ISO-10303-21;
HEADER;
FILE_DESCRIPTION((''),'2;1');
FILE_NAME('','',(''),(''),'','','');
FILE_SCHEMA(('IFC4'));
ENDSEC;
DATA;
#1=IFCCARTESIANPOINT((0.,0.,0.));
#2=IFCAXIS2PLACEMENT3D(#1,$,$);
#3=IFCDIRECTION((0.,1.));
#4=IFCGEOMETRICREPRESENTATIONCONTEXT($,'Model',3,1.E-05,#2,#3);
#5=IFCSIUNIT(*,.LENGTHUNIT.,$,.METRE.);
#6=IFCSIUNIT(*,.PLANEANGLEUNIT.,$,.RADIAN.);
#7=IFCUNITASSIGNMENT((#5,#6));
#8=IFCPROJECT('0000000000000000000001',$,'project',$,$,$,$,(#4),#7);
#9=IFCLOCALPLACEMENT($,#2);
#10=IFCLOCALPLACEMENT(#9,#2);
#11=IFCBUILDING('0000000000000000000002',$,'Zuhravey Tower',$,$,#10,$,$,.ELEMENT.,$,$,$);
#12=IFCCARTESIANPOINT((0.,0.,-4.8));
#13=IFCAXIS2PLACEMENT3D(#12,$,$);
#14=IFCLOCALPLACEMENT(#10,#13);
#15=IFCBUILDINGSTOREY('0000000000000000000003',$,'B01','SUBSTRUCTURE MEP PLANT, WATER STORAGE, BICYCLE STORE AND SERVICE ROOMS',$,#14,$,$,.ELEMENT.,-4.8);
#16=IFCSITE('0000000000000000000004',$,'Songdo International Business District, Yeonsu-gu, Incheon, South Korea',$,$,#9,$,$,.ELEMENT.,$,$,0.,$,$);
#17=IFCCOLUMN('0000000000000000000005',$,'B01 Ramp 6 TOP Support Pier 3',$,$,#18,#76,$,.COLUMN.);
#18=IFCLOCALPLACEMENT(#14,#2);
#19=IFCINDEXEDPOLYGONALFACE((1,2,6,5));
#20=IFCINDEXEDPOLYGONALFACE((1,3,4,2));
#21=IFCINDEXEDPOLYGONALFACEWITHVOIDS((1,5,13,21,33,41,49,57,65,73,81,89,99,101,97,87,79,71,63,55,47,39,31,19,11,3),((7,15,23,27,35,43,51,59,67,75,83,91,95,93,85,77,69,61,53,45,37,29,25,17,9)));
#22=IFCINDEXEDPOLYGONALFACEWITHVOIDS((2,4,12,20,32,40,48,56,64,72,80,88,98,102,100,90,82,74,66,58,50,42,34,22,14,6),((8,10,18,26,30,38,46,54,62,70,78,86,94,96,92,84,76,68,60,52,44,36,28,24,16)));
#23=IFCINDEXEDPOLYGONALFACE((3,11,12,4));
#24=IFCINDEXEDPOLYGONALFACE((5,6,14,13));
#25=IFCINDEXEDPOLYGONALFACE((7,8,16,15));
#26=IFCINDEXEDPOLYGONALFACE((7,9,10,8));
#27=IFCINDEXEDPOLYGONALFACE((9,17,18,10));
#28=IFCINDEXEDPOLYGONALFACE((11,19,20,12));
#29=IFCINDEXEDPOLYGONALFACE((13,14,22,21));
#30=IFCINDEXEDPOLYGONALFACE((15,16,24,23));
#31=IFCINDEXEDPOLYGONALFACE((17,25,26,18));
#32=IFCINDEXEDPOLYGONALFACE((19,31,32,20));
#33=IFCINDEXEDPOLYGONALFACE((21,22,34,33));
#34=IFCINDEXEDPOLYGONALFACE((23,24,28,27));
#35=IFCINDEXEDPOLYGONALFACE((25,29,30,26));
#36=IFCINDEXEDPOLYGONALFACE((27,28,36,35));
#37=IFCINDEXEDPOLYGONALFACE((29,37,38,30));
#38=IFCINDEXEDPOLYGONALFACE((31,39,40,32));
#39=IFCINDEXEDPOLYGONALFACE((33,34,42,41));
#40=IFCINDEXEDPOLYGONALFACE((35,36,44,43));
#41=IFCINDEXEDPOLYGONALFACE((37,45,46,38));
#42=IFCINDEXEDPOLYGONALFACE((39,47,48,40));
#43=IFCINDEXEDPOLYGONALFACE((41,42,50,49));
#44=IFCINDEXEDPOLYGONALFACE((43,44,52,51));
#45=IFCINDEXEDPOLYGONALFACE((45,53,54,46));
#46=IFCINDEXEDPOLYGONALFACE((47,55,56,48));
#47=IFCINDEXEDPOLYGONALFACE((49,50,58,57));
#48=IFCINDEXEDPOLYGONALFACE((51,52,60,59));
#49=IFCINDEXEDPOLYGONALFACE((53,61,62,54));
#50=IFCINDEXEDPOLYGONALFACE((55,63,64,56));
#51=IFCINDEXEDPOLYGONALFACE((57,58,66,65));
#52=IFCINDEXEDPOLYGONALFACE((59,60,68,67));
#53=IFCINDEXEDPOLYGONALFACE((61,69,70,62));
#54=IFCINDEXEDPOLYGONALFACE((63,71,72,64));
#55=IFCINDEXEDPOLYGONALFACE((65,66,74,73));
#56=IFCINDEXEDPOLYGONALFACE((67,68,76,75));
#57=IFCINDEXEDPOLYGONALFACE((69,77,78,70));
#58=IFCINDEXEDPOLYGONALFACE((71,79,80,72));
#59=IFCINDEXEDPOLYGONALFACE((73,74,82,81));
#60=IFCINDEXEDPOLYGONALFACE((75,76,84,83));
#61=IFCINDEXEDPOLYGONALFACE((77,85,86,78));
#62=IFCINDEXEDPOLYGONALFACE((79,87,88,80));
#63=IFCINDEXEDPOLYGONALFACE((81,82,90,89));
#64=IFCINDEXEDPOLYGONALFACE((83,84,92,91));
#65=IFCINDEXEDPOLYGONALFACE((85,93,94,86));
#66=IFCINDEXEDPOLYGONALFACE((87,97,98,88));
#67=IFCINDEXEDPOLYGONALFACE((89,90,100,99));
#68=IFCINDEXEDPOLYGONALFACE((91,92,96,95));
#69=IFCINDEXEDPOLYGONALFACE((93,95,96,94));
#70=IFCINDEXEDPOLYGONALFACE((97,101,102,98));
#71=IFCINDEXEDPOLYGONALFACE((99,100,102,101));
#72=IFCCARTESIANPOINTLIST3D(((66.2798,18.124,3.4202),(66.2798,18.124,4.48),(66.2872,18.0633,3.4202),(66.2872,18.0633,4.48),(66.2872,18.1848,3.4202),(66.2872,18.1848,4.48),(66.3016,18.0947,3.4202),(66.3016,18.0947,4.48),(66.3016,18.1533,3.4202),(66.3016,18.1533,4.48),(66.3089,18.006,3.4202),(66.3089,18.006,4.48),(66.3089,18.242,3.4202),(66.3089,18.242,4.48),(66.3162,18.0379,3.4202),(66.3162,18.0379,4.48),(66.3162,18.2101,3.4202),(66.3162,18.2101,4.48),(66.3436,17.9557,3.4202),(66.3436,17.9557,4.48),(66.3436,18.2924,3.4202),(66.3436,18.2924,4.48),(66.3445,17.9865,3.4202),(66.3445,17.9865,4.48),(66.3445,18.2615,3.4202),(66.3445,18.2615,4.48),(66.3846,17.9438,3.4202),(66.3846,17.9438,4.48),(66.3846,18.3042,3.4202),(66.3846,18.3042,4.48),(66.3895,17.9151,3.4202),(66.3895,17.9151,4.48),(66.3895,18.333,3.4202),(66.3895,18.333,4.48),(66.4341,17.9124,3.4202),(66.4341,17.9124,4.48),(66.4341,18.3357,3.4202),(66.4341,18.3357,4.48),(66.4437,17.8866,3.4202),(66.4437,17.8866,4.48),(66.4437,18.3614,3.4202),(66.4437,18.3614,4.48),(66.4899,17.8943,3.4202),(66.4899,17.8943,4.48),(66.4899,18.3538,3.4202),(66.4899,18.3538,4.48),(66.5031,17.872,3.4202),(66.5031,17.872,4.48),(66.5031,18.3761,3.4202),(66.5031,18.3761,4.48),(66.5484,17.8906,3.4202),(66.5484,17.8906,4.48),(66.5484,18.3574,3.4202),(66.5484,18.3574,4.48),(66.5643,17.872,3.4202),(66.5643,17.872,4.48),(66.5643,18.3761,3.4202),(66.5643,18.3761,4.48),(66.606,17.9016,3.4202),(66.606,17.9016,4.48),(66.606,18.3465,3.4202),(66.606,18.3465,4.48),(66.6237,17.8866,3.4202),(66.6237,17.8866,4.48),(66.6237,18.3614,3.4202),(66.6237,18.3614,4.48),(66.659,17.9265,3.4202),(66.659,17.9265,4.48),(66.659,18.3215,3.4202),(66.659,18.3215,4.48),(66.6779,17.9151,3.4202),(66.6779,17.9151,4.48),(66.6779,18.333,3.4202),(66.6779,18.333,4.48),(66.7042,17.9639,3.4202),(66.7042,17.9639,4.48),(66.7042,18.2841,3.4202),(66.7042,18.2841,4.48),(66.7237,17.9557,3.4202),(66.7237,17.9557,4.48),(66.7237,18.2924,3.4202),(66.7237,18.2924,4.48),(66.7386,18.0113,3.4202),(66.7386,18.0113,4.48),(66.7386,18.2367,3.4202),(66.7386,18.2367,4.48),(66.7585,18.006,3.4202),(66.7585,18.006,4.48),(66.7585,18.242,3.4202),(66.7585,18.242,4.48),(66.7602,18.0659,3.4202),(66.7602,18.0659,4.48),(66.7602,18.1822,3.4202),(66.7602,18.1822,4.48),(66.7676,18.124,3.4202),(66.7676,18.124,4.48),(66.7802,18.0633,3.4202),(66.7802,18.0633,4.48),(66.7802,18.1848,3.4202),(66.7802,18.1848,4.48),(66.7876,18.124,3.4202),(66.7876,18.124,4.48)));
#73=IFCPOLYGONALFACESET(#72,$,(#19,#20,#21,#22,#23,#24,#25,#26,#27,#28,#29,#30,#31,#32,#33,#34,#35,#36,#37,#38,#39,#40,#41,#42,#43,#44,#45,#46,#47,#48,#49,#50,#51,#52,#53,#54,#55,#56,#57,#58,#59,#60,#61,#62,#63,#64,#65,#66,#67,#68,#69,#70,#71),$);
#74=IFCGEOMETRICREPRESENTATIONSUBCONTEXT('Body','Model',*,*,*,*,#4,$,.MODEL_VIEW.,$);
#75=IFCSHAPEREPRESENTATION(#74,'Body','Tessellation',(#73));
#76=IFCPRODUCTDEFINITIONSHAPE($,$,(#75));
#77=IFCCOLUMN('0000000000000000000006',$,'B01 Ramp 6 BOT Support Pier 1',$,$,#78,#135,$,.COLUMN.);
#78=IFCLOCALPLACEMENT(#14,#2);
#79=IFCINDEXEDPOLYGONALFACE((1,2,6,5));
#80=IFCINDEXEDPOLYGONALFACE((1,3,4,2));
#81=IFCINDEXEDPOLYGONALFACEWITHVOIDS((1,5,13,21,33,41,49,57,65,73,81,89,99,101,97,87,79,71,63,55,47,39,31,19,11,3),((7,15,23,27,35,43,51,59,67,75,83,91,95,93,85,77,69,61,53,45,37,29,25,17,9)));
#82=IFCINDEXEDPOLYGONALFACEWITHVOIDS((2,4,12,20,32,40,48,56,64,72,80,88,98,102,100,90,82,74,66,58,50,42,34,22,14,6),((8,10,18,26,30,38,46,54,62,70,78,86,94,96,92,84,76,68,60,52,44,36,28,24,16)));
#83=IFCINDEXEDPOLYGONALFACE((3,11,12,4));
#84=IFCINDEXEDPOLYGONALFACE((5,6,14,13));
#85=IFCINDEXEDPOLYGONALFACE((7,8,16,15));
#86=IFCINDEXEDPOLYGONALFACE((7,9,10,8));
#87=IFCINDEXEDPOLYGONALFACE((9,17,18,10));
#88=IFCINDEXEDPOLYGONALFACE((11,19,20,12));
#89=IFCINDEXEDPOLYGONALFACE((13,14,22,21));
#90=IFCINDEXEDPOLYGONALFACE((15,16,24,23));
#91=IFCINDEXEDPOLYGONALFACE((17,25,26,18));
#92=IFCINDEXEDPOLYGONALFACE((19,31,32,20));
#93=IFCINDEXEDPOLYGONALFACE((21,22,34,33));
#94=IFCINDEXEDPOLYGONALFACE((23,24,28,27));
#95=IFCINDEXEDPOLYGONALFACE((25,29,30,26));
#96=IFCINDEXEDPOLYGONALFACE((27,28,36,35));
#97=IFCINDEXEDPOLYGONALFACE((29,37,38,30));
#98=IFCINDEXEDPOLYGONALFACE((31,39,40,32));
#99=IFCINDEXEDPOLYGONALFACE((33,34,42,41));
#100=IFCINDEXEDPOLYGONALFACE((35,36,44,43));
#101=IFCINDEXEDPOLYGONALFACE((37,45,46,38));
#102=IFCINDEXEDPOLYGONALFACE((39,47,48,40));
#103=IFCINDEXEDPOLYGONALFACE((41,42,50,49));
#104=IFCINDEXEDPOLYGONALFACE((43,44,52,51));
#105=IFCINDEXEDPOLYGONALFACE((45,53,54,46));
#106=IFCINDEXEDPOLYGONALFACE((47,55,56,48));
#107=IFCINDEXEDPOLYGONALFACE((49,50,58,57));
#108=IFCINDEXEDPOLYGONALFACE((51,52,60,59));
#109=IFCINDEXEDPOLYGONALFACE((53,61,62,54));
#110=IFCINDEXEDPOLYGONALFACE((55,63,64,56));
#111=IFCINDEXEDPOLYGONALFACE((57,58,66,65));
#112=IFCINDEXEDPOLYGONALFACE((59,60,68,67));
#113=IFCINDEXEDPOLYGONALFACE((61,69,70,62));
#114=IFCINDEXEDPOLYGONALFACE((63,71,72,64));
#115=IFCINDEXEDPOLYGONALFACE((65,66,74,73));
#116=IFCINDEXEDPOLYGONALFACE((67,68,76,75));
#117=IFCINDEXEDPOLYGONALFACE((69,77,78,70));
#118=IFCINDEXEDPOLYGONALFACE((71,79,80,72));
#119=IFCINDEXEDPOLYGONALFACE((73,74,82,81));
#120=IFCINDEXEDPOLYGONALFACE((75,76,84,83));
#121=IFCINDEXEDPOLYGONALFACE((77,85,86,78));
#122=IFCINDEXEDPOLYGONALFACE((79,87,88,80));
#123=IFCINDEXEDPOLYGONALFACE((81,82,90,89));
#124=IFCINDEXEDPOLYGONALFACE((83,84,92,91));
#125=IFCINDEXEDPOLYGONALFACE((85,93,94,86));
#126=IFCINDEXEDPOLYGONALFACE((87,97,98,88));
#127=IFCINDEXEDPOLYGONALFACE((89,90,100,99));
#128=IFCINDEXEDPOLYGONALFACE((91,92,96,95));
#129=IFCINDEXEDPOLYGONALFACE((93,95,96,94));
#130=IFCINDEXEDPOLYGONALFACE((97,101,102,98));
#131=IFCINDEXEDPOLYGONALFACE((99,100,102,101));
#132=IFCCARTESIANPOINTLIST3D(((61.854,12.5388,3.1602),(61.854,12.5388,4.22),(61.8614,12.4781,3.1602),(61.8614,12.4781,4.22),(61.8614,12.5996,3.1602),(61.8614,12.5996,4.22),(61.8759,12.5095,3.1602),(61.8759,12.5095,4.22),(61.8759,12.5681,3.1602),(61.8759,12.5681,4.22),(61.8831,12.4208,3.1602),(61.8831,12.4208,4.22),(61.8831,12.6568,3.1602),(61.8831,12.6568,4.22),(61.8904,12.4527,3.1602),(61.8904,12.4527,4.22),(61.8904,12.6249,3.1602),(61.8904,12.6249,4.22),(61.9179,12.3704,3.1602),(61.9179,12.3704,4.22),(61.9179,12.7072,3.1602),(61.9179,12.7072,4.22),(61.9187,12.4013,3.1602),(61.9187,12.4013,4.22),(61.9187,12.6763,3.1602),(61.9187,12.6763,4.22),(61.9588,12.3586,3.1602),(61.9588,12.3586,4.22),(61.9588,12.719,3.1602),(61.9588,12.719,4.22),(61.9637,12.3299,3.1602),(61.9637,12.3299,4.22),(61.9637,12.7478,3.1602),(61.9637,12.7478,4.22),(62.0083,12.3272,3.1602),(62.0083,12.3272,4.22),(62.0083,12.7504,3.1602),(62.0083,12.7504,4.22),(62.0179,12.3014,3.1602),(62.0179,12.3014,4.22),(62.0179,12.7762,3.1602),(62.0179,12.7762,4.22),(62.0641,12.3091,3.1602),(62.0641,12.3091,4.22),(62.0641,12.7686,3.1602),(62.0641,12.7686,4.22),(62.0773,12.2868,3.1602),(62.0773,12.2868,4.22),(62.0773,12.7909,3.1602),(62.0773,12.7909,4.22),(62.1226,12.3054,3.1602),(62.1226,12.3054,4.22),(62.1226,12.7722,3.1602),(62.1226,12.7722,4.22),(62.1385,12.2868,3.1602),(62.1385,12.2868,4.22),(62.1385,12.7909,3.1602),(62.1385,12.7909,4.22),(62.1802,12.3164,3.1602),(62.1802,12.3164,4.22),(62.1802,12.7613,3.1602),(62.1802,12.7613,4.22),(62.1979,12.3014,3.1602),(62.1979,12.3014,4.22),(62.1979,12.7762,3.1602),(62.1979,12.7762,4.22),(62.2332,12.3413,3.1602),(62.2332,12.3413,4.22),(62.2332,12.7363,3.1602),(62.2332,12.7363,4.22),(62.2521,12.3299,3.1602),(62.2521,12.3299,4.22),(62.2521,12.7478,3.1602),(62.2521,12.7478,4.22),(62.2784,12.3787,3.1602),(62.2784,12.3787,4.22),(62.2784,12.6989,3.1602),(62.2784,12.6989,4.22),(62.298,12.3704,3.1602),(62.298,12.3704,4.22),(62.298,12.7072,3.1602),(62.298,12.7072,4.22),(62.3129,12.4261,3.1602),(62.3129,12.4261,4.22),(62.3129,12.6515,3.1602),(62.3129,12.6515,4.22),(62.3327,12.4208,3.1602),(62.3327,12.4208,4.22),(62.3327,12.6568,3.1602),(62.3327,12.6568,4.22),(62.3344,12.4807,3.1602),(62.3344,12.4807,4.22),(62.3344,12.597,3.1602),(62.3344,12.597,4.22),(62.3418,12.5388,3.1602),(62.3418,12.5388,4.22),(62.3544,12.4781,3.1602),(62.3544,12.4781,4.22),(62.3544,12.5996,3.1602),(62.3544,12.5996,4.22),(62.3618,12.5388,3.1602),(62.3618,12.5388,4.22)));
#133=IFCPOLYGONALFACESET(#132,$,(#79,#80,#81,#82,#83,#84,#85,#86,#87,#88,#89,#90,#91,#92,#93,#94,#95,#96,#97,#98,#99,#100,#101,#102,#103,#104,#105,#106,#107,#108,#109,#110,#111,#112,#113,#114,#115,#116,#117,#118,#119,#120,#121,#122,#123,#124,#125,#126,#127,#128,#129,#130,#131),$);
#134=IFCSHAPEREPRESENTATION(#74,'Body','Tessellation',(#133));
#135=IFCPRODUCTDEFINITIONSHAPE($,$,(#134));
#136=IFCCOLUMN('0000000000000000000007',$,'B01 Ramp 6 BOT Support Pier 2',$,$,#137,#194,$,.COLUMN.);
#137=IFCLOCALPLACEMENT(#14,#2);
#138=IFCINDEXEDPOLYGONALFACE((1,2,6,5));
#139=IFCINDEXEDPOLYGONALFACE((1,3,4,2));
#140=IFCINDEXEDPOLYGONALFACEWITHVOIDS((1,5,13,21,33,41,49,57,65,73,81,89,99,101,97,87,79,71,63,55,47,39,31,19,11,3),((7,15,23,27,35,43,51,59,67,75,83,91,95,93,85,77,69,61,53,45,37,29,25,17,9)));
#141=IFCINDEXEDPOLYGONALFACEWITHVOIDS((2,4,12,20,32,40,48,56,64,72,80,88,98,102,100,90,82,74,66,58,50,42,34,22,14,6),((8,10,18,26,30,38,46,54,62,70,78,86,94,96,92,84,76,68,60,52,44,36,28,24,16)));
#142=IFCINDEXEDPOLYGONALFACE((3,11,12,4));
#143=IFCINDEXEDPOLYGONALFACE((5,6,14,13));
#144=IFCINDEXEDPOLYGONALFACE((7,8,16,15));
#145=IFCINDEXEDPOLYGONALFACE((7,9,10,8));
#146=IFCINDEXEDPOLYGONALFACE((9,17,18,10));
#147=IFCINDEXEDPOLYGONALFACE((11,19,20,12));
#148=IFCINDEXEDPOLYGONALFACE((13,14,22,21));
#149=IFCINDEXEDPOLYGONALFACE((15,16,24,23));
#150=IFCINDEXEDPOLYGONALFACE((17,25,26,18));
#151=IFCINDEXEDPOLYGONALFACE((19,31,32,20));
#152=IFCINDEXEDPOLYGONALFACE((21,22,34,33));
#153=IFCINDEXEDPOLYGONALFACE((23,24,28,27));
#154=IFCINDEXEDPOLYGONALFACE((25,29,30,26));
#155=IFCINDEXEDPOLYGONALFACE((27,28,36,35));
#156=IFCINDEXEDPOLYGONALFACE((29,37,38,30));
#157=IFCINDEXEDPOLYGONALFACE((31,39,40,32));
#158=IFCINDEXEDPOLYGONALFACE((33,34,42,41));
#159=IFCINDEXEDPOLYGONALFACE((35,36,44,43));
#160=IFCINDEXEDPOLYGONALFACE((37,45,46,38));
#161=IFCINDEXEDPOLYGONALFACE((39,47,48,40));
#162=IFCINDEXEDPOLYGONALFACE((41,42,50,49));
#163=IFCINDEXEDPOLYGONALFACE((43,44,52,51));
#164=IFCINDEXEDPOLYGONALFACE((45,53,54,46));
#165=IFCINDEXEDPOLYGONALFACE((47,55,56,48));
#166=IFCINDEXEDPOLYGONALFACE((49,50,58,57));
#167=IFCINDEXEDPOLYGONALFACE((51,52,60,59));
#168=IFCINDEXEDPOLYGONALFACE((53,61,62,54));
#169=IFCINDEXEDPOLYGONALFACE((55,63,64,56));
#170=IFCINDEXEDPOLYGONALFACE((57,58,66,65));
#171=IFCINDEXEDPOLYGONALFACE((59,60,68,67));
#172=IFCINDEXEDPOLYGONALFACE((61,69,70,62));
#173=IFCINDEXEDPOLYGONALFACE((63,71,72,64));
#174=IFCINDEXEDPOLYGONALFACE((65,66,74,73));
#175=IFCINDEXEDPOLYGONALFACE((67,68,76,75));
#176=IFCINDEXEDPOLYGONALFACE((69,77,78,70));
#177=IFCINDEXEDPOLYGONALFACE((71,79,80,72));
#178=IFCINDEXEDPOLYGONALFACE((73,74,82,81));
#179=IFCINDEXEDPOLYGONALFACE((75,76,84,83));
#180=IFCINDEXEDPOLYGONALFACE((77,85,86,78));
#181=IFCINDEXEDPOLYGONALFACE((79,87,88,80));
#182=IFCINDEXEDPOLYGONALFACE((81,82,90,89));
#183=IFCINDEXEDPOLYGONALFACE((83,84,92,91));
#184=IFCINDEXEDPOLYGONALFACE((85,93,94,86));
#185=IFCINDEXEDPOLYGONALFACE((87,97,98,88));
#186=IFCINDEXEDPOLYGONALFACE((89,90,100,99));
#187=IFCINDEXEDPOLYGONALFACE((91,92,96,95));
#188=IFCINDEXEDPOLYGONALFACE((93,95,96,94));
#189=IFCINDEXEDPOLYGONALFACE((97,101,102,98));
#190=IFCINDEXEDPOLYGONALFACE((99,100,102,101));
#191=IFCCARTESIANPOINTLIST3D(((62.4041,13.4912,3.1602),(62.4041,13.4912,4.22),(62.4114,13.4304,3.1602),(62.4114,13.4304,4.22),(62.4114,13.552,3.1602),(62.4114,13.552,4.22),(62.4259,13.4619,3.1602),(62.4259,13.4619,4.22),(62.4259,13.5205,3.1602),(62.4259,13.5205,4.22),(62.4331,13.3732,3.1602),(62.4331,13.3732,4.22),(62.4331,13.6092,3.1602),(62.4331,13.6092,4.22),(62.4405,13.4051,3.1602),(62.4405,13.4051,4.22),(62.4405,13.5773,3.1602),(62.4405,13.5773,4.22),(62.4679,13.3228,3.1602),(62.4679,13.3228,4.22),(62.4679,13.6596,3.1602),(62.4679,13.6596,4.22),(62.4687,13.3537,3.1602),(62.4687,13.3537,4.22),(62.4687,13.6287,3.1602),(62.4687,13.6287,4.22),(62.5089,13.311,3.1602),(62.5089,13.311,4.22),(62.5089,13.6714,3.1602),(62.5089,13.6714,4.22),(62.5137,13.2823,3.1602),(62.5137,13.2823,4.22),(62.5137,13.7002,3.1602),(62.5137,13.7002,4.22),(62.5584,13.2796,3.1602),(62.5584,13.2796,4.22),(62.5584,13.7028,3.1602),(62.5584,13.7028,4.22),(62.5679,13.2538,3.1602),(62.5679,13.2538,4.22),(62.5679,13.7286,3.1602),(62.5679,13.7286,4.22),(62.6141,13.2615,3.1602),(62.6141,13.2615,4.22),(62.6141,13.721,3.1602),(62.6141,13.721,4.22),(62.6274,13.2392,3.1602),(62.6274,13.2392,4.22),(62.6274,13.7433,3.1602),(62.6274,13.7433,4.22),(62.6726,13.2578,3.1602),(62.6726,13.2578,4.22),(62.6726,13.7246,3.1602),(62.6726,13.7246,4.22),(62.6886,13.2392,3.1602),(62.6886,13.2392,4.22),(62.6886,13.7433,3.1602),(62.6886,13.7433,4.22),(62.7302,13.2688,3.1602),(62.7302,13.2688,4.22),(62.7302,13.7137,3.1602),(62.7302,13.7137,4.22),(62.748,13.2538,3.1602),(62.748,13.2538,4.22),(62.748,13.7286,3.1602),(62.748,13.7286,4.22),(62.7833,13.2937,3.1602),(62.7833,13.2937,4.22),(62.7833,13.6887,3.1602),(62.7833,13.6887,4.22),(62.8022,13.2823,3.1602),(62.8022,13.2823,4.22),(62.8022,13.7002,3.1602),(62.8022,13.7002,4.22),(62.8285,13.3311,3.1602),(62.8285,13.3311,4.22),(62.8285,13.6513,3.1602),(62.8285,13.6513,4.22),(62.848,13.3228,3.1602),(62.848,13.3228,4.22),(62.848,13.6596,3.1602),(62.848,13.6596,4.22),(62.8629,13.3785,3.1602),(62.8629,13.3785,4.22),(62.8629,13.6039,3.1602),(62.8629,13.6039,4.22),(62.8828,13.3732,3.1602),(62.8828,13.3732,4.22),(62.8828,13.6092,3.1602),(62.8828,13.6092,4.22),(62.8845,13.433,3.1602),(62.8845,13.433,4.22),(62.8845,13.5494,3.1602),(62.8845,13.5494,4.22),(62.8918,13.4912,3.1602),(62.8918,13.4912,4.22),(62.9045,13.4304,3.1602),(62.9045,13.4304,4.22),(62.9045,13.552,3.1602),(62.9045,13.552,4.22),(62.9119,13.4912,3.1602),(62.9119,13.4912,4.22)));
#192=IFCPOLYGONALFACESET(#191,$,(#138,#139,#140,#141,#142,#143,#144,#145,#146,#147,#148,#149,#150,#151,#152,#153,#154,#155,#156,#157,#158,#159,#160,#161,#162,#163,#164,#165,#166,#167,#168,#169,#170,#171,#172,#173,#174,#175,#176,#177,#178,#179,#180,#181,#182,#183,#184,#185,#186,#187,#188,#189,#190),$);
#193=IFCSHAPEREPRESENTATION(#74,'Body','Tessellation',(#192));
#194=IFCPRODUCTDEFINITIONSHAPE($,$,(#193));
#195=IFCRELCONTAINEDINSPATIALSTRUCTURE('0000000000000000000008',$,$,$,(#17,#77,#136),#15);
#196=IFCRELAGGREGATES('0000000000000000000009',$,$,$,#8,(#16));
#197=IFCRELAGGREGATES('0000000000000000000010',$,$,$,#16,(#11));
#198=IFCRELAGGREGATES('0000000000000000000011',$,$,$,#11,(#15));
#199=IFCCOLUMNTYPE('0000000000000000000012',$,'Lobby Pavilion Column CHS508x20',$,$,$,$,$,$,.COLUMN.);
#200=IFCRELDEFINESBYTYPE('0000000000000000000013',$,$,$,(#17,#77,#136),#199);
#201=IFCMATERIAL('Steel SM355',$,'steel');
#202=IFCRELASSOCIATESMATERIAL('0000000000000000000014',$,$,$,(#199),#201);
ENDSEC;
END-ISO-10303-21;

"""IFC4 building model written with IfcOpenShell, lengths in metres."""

from ifc_helpers import new_model, si_unit, direction, frame, origin, origin_2d, place, context, subcontext, project, spatial, hollow_circle, extrude, material, material_profile, profile_set, type_object, element, save


model = new_model("IFC4")

# Units and contexts
model_context = context("Model", 3, precision=1e-05, world=origin(), true_north=direction((0.0, 1.0)))
body_context = subcontext(model_context, "Body", "Model", "MODEL_VIEW")
ifc_project = project(units=[si_unit("LENGTHUNIT", "METRE"), si_unit("PLANEANGLEUNIT", "RADIAN")], contexts=[model_context])

# Site, building, storey
site_placement = place(None, origin())
site = spatial("IfcSite", under=ifc_project, at=site_placement, Name="Songdo International Business District, Yeonsu-gu, Incheon, South Korea", CompositionType="ELEMENT", RefElevation=0.0)
building_placement = place(site_placement, origin())
building = spatial("IfcBuilding", under=site, at=building_placement, Name="Zuhravey Tower", CompositionType="ELEMENT")
storey_placement = place(building_placement, frame((0.0, 0.0, -4.8)))
storey = spatial("IfcBuildingStorey", under=building, at=storey_placement, Name="B01", Description="SUBSTRUCTURE MEP PLANT, WATER STORAGE, BICYCLE STORE AND SERVICE ROOMS", CompositionType="ELEMENT", Elevation=-4.8)

# Columns
ifc_material_1 = material(Name="Steel SM355", Category="steel")
ifc_material_profile_1 = material_profile(ifc_material_1, hollow_circle(Radius=0.2539, WallThickness=0.02, at=origin_2d()), Name="CHS-508x20")
ifc_profile_set_1 = profile_set([ifc_material_profile_1], Name="Steel SM355")
column_type_1 = type_object("IfcColumnType", Name="Lobby Pavilion Column CHS508x20", PredefinedType="COLUMN", material=ifc_profile_set_1)
for number, where, z_axis, x_axis, name in (
    (1, (66.5337, 18.124, 3.4202), (0.0, 0.0, 1.0), (1.0, 0.0, 0.0), "B01 Ramp 6 TOP Support Pier 3"),
    (2, (62.1079, 12.5388, 3.1602), (0.0, 0.0, 1.0), (1.0, 0.0, 0.0), "B01 Ramp 6 BOT Support Pier 1"),
    (3, (62.658, 13.4912, 3.1602), (0.0, 0.0, 1.0), (1.0, 0.0, 0.0), "B01 Ramp 6 BOT Support Pier 2"),
):
    element("IfcColumn", number, at=place(storey_placement, frame(where, z_axis=z_axis, x_axis=x_axis)), inside=storey, type_object=column_type_1, Name=name, PredefinedType="COLUMN", context=body_context, shape_type="SweptSolid", body=[
        extrude(hollow_circle(Radius=0.2539, WallThickness=0.02, at=origin_2d()), origin(), (0.0, 0.0, 1.0), 1.0598),
    ])

save(model, "model.ifc")
